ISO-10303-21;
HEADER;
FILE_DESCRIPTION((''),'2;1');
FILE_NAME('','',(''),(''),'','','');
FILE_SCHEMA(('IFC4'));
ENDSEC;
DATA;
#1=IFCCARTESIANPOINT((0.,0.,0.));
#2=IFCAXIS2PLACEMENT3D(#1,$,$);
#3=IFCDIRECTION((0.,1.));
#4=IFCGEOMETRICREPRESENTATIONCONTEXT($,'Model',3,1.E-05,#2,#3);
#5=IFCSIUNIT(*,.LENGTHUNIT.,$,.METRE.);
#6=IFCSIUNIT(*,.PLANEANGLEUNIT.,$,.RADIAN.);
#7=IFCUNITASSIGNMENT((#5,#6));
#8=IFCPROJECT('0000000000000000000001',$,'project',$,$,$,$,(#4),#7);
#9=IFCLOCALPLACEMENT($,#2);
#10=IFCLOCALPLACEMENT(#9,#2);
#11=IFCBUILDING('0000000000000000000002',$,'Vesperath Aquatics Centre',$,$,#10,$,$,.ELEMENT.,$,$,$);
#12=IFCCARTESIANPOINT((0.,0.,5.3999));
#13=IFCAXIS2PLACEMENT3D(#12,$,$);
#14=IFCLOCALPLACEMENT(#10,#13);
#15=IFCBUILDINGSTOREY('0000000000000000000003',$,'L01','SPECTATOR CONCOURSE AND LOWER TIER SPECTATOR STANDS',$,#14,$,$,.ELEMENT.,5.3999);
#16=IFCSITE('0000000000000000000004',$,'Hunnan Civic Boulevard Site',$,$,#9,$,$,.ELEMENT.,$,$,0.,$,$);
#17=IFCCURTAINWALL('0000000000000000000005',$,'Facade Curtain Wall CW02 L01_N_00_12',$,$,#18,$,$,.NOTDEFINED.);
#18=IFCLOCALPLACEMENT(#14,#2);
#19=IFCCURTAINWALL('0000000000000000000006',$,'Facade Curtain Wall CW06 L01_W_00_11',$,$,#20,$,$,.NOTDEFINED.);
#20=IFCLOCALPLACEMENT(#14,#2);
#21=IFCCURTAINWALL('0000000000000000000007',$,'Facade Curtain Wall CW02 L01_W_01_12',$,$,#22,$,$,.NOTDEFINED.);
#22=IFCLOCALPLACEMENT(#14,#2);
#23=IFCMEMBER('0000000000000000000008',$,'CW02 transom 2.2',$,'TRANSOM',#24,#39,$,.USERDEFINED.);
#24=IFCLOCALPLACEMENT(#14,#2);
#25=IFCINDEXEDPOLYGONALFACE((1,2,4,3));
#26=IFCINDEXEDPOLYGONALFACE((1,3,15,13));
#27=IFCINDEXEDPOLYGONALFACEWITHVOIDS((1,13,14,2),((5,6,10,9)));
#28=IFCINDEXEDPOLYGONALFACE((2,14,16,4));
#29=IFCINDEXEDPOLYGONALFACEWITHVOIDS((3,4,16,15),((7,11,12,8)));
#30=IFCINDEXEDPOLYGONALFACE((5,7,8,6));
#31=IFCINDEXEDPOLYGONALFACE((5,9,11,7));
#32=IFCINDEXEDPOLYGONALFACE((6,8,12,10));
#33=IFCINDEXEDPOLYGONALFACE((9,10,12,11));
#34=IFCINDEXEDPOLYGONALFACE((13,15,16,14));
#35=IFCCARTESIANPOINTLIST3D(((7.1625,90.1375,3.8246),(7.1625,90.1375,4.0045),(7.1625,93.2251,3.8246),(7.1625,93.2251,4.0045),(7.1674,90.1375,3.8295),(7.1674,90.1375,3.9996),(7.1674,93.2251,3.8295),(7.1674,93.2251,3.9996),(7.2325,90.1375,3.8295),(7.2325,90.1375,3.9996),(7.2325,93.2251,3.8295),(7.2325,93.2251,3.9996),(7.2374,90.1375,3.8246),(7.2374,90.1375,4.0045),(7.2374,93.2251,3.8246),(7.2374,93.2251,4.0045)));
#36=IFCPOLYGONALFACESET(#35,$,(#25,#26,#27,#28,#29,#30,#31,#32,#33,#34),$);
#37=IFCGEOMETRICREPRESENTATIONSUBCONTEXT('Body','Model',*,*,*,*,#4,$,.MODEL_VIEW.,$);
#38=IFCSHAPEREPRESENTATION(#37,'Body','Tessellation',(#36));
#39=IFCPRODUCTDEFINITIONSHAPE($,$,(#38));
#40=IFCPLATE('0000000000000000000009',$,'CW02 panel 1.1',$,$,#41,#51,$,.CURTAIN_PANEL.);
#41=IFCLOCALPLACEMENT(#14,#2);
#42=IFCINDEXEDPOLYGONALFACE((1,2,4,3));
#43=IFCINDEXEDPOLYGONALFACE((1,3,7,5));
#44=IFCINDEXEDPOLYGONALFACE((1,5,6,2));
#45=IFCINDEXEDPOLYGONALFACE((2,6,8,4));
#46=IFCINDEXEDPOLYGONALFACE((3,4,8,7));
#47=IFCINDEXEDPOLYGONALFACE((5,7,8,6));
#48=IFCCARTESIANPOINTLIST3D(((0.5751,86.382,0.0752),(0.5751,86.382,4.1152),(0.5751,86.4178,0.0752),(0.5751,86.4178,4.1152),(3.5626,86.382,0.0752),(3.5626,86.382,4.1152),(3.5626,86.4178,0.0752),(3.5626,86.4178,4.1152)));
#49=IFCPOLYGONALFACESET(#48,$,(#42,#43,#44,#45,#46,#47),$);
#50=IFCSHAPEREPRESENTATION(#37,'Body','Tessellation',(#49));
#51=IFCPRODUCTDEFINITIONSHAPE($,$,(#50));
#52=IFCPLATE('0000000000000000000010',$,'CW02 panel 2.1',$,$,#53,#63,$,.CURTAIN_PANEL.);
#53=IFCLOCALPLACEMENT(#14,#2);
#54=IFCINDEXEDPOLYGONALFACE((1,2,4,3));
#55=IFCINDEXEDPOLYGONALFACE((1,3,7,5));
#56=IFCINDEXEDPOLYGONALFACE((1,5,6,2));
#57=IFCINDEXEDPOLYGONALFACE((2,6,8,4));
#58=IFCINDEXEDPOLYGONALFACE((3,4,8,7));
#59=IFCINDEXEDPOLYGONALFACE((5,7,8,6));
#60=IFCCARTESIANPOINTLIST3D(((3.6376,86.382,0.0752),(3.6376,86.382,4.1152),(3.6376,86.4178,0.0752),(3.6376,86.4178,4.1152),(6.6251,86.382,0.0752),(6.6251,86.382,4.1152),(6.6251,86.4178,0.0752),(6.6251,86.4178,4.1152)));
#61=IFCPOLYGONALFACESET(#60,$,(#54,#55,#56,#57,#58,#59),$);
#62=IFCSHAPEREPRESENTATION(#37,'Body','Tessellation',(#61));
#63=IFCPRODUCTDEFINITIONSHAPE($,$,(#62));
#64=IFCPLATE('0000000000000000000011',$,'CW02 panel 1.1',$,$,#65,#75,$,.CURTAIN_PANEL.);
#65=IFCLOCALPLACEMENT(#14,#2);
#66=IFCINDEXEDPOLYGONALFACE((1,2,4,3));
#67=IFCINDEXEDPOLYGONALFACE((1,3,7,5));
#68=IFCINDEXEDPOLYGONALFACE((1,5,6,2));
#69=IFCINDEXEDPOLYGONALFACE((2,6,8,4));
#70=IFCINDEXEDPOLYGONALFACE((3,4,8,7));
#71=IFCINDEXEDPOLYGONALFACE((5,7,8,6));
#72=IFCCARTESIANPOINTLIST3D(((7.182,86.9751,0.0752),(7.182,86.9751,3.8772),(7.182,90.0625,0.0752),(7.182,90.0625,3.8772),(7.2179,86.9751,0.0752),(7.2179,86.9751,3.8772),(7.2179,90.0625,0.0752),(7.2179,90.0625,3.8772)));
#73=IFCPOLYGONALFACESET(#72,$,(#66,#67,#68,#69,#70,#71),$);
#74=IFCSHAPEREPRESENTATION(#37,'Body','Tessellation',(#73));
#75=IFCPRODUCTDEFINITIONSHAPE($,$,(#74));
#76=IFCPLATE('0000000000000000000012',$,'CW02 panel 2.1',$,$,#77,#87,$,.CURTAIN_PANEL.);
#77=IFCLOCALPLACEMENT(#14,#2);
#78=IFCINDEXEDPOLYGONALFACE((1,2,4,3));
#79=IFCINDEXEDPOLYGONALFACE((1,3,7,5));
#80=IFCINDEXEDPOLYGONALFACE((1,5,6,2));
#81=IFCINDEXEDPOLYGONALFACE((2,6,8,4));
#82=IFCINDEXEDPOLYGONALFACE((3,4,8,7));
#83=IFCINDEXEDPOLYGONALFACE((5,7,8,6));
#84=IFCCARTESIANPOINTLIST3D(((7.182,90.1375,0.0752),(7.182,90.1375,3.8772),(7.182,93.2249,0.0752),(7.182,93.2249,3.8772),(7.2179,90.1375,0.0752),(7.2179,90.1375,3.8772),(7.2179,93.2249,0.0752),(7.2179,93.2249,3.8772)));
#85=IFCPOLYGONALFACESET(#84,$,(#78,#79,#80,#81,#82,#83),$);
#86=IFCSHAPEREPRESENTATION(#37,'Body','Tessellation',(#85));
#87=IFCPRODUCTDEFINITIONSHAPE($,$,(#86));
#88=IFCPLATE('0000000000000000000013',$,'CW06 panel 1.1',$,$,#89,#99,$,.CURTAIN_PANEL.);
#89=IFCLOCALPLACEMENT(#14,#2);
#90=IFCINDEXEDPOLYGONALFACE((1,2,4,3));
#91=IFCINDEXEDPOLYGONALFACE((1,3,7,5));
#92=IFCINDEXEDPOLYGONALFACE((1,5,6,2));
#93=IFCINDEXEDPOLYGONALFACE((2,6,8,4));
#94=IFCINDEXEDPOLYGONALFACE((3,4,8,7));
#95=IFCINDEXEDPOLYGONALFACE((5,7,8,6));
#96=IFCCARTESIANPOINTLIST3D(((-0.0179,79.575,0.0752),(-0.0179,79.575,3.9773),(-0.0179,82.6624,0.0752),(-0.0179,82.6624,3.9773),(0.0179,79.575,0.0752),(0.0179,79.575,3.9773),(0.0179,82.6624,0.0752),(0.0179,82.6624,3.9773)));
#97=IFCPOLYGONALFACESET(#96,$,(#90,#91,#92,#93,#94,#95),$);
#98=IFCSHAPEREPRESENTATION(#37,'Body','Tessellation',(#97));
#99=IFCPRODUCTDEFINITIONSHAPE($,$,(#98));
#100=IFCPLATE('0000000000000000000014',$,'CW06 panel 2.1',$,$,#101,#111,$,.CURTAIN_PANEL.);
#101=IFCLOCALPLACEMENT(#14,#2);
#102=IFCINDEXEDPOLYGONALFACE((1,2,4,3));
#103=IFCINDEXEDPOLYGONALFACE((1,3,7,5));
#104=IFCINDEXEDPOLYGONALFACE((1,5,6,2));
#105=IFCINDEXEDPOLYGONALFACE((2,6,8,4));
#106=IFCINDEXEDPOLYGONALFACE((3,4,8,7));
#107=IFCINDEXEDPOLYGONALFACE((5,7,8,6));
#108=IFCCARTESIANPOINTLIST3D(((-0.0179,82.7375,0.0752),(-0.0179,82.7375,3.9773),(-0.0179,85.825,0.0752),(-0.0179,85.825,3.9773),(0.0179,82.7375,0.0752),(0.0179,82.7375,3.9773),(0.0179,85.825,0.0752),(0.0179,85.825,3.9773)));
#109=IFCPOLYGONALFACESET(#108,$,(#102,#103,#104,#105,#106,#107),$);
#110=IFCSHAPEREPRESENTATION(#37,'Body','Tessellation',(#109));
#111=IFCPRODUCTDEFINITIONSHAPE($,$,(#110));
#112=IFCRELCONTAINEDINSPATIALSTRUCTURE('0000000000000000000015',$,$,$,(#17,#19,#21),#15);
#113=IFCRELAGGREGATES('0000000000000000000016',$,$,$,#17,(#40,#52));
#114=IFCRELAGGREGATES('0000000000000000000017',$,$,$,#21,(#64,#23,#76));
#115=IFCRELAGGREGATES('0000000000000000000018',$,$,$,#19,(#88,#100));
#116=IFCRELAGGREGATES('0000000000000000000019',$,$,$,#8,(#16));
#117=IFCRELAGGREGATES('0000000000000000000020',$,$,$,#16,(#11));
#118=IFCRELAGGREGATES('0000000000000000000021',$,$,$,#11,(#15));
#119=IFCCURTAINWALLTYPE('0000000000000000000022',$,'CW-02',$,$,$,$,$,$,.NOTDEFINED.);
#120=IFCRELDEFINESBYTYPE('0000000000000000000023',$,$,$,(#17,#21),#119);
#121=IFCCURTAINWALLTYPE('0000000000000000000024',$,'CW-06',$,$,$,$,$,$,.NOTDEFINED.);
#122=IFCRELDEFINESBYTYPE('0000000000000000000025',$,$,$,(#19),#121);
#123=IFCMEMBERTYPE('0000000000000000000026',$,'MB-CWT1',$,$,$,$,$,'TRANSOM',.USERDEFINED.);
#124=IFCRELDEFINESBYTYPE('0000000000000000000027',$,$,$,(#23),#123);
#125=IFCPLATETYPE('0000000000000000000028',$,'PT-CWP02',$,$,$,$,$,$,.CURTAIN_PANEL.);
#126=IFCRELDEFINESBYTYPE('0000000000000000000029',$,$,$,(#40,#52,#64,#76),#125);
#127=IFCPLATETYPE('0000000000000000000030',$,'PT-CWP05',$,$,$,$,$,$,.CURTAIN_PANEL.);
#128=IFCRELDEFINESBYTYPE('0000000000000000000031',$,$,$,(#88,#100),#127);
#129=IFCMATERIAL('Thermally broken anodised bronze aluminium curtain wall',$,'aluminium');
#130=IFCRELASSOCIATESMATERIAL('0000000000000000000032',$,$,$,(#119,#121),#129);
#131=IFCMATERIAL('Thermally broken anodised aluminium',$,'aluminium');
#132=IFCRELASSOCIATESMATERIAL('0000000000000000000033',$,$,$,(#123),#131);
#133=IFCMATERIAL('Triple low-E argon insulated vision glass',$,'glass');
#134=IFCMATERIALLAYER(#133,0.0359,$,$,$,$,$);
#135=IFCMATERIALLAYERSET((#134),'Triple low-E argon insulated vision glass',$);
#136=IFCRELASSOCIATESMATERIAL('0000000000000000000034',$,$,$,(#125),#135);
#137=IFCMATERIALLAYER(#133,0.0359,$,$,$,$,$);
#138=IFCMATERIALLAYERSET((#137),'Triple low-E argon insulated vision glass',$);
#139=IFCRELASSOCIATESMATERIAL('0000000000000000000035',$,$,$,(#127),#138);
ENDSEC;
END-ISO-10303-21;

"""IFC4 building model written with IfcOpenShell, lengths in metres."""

from ifc_helpers import new_model, si_unit, direction, frame, origin, origin_2d, place, context, subcontext, project, spatial, rectangle, hollow_rectangle, extrude, material, layer, layer_set, material_profile, profile_set, type_object, element, aggregate, save


model = new_model("IFC4")

# Units and contexts
model_context = context("Model", 3, precision=1e-05, world=origin(), true_north=direction((0.0, 1.0)))
body_context = subcontext(model_context, "Body", "Model", "MODEL_VIEW")
ifc_project = project(units=[si_unit("LENGTHUNIT", "METRE"), si_unit("PLANEANGLEUNIT", "RADIAN")], contexts=[model_context])

# Site, building, storey
site_placement = place(None, origin())
site = spatial("IfcSite", under=ifc_project, at=site_placement, Name="Hunnan Civic Boulevard Site", CompositionType="ELEMENT", RefElevation=0.0)
building_placement = place(site_placement, origin())
building = spatial("IfcBuilding", under=site, at=building_placement, Name="Vesperath Aquatics Centre", CompositionType="ELEMENT")
storey_placement = place(building_placement, frame((0.0, 0.0, 5.3999)))
storey = spatial("IfcBuildingStorey", under=building, at=storey_placement, Name="L01", Description="SPECTATOR CONCOURSE AND LOWER TIER SPECTATOR STANDS", CompositionType="ELEMENT", Elevation=5.3999)

# Curtain walls
ifc_material_1 = material(Name="Thermally broken anodised bronze aluminium curtain wall", Category="aluminium")
curtain_wall_type_1 = type_object("IfcCurtainWallType", Name="CW-02", PredefinedType="NOTDEFINED", material=ifc_material_1)
curtain_wall_1_placement = place(storey_placement, origin())
curtain_wall_1 = element("IfcCurtainWall", 1, at=curtain_wall_1_placement, inside=storey, type_object=curtain_wall_type_1, Name="Facade Curtain Wall CW02 L01_N_00_12", PredefinedType="NOTDEFINED")
ifc_material_2 = material(Name="Thermally broken anodised aluminium", Category="aluminium")
curtain_wall_type_2 = type_object("IfcCurtainWallType", Name="CW-06", PredefinedType="NOTDEFINED", material=ifc_material_1)
curtain_wall_2_placement = place(storey_placement, origin())
curtain_wall_2 = element("IfcCurtainWall", 2, at=curtain_wall_2_placement, inside=storey, type_object=curtain_wall_type_2, Name="Facade Curtain Wall CW06 L01_W_00_11", PredefinedType="NOTDEFINED")
curtain_wall_3_placement = place(storey_placement, origin())
curtain_wall_3 = element("IfcCurtainWall", 3, at=curtain_wall_3_placement, inside=storey, type_object=curtain_wall_type_1, Name="Facade Curtain Wall CW02 L01_W_01_12", PredefinedType="NOTDEFINED")

# Member
ifc_material_profile_1 = material_profile(ifc_material_2, hollow_rectangle(XDim=0.075, YDim=0.1799, WallThickness=0.0049, at=origin_2d()), Name="CWT 75x180x5")
ifc_profile_set_1 = profile_set([ifc_material_profile_1], Name="Thermally broken anodised aluminium")
member_type_1 = type_object("IfcMemberType", Name="MB-CWT1", ElementType="TRANSOM", PredefinedType="USERDEFINED", material=ifc_profile_set_1)
member_1_placement = place(storey_placement, frame((7.2, 90.1375, 3.9146), z_axis=(0.0, 1.0, 0.0), x_axis=(-1.0, 0.0, 0.0)))
member_1 = element("IfcMember", 4, at=member_1_placement, type_object=member_type_1, Name="CW02 transom 2.2", ObjectType="TRANSOM", PredefinedType="USERDEFINED", context=body_context, shape_type="SweptSolid", body=[
    extrude(hollow_rectangle(XDim=0.075, YDim=0.1799, WallThickness=0.0049, at=origin_2d()), origin(), (0.0, 0.0, 1.0), 3.0876),
])

# Plates
ifc_material_3 = material(Name="Triple low-E argon insulated vision glass", Category="glass")
ifc_layer_1 = layer(ifc_material_3, 0.0359)
ifc_layer_set_1 = layer_set([ifc_layer_1], Name="Triple low-E argon insulated vision glass")
plate_type_1 = type_object("IfcPlateType", Name="PT-CWP02", PredefinedType="CURTAIN_PANEL", material=ifc_layer_set_1)
plate_1_placement = place(storey_placement, frame((2.0688, 86.3999, 0.0752), z_axis=(0.0, 0.0, 1.0), x_axis=(1.0, 0.0, 0.0)))
plate_1 = element("IfcPlate", 5, at=plate_1_placement, type_object=plate_type_1, Name="CW02 panel 1.1", PredefinedType="CURTAIN_PANEL", context=body_context, shape_type="SweptSolid", body=[
    extrude(rectangle(XDim=2.9875, YDim=0.0359, at=origin_2d()), origin(), (0.0, 0.0, 1.0), 4.04),
])
plate_2_placement = place(storey_placement, frame((5.1313, 86.3999, 0.0752), z_axis=(0.0, 0.0, 1.0), x_axis=(1.0, 0.0, 0.0)))
plate_2 = element("IfcPlate", 6, at=plate_2_placement, type_object=plate_type_1, Name="CW02 panel 2.1", PredefinedType="CURTAIN_PANEL", context=body_context, shape_type="SweptSolid", body=[
    extrude(rectangle(XDim=2.9875, YDim=0.0359, at=origin_2d()), origin(), (0.0, 0.0, 1.0), 4.04),
])
aggregate(curtain_wall_1, [plate_1, plate_2])
plate_3_placement = place(storey_placement, frame((7.2, 88.5188, 0.0752), z_axis=(0.0, 0.0, 1.0), x_axis=(0.0, 1.0, 0.0)))
plate_3 = element("IfcPlate", 7, at=plate_3_placement, type_object=plate_type_1, Name="CW02 panel 1.1", PredefinedType="CURTAIN_PANEL", context=body_context, shape_type="SweptSolid", body=[
    extrude(rectangle(XDim=3.0874, YDim=0.0359, at=origin_2d()), origin(), (0.0, 0.0, 1.0), 3.802),
])
plate_4_placement = place(storey_placement, frame((7.2, 91.6812, 0.0752), z_axis=(0.0, 0.0, 1.0), x_axis=(0.0, 1.0, 0.0)))
plate_4 = element("IfcPlate", 8, at=plate_4_placement, type_object=plate_type_1, Name="CW02 panel 2.1", PredefinedType="CURTAIN_PANEL", context=body_context, shape_type="SweptSolid", body=[
    extrude(rectangle(XDim=3.0874, YDim=0.0359, at=origin_2d()), origin(), (0.0, 0.0, 1.0), 3.802),
])
aggregate(curtain_wall_3, [plate_3, member_1, plate_4])
ifc_layer_2 = layer(ifc_material_3, 0.0359)
ifc_layer_set_2 = layer_set([ifc_layer_2], Name="Triple low-E argon insulated vision glass")
plate_type_2 = type_object("IfcPlateType", Name="PT-CWP05", PredefinedType="CURTAIN_PANEL", material=ifc_layer_set_2)
plate_5_placement = place(storey_placement, frame((0.0, 81.1187, 0.0752), z_axis=(0.0, 0.0, 1.0), x_axis=(0.0, 1.0, 0.0)))
plate_5 = element("IfcPlate", 9, at=plate_5_placement, type_object=plate_type_2, Name="CW06 panel 1.1", PredefinedType="CURTAIN_PANEL", context=body_context, shape_type="SweptSolid", body=[
    extrude(rectangle(XDim=3.0874, YDim=0.0359, at=origin_2d()), origin(), (0.0, 0.0, 1.0), 3.9021),
])
plate_6_placement = place(storey_placement, frame((0.0, 84.2812, 0.0752), z_axis=(0.0, 0.0, 1.0), x_axis=(0.0, 1.0, 0.0)))
plate_6 = element("IfcPlate", 10, at=plate_6_placement, type_object=plate_type_2, Name="CW06 panel 2.1", PredefinedType="CURTAIN_PANEL", context=body_context, shape_type="SweptSolid", body=[
    extrude(rectangle(XDim=3.0874, YDim=0.0359, at=origin_2d()), origin(), (0.0, 0.0, 1.0), 3.9021),
])
aggregate(curtain_wall_2, [plate_5, plate_6])

save(model, "model.ifc")
